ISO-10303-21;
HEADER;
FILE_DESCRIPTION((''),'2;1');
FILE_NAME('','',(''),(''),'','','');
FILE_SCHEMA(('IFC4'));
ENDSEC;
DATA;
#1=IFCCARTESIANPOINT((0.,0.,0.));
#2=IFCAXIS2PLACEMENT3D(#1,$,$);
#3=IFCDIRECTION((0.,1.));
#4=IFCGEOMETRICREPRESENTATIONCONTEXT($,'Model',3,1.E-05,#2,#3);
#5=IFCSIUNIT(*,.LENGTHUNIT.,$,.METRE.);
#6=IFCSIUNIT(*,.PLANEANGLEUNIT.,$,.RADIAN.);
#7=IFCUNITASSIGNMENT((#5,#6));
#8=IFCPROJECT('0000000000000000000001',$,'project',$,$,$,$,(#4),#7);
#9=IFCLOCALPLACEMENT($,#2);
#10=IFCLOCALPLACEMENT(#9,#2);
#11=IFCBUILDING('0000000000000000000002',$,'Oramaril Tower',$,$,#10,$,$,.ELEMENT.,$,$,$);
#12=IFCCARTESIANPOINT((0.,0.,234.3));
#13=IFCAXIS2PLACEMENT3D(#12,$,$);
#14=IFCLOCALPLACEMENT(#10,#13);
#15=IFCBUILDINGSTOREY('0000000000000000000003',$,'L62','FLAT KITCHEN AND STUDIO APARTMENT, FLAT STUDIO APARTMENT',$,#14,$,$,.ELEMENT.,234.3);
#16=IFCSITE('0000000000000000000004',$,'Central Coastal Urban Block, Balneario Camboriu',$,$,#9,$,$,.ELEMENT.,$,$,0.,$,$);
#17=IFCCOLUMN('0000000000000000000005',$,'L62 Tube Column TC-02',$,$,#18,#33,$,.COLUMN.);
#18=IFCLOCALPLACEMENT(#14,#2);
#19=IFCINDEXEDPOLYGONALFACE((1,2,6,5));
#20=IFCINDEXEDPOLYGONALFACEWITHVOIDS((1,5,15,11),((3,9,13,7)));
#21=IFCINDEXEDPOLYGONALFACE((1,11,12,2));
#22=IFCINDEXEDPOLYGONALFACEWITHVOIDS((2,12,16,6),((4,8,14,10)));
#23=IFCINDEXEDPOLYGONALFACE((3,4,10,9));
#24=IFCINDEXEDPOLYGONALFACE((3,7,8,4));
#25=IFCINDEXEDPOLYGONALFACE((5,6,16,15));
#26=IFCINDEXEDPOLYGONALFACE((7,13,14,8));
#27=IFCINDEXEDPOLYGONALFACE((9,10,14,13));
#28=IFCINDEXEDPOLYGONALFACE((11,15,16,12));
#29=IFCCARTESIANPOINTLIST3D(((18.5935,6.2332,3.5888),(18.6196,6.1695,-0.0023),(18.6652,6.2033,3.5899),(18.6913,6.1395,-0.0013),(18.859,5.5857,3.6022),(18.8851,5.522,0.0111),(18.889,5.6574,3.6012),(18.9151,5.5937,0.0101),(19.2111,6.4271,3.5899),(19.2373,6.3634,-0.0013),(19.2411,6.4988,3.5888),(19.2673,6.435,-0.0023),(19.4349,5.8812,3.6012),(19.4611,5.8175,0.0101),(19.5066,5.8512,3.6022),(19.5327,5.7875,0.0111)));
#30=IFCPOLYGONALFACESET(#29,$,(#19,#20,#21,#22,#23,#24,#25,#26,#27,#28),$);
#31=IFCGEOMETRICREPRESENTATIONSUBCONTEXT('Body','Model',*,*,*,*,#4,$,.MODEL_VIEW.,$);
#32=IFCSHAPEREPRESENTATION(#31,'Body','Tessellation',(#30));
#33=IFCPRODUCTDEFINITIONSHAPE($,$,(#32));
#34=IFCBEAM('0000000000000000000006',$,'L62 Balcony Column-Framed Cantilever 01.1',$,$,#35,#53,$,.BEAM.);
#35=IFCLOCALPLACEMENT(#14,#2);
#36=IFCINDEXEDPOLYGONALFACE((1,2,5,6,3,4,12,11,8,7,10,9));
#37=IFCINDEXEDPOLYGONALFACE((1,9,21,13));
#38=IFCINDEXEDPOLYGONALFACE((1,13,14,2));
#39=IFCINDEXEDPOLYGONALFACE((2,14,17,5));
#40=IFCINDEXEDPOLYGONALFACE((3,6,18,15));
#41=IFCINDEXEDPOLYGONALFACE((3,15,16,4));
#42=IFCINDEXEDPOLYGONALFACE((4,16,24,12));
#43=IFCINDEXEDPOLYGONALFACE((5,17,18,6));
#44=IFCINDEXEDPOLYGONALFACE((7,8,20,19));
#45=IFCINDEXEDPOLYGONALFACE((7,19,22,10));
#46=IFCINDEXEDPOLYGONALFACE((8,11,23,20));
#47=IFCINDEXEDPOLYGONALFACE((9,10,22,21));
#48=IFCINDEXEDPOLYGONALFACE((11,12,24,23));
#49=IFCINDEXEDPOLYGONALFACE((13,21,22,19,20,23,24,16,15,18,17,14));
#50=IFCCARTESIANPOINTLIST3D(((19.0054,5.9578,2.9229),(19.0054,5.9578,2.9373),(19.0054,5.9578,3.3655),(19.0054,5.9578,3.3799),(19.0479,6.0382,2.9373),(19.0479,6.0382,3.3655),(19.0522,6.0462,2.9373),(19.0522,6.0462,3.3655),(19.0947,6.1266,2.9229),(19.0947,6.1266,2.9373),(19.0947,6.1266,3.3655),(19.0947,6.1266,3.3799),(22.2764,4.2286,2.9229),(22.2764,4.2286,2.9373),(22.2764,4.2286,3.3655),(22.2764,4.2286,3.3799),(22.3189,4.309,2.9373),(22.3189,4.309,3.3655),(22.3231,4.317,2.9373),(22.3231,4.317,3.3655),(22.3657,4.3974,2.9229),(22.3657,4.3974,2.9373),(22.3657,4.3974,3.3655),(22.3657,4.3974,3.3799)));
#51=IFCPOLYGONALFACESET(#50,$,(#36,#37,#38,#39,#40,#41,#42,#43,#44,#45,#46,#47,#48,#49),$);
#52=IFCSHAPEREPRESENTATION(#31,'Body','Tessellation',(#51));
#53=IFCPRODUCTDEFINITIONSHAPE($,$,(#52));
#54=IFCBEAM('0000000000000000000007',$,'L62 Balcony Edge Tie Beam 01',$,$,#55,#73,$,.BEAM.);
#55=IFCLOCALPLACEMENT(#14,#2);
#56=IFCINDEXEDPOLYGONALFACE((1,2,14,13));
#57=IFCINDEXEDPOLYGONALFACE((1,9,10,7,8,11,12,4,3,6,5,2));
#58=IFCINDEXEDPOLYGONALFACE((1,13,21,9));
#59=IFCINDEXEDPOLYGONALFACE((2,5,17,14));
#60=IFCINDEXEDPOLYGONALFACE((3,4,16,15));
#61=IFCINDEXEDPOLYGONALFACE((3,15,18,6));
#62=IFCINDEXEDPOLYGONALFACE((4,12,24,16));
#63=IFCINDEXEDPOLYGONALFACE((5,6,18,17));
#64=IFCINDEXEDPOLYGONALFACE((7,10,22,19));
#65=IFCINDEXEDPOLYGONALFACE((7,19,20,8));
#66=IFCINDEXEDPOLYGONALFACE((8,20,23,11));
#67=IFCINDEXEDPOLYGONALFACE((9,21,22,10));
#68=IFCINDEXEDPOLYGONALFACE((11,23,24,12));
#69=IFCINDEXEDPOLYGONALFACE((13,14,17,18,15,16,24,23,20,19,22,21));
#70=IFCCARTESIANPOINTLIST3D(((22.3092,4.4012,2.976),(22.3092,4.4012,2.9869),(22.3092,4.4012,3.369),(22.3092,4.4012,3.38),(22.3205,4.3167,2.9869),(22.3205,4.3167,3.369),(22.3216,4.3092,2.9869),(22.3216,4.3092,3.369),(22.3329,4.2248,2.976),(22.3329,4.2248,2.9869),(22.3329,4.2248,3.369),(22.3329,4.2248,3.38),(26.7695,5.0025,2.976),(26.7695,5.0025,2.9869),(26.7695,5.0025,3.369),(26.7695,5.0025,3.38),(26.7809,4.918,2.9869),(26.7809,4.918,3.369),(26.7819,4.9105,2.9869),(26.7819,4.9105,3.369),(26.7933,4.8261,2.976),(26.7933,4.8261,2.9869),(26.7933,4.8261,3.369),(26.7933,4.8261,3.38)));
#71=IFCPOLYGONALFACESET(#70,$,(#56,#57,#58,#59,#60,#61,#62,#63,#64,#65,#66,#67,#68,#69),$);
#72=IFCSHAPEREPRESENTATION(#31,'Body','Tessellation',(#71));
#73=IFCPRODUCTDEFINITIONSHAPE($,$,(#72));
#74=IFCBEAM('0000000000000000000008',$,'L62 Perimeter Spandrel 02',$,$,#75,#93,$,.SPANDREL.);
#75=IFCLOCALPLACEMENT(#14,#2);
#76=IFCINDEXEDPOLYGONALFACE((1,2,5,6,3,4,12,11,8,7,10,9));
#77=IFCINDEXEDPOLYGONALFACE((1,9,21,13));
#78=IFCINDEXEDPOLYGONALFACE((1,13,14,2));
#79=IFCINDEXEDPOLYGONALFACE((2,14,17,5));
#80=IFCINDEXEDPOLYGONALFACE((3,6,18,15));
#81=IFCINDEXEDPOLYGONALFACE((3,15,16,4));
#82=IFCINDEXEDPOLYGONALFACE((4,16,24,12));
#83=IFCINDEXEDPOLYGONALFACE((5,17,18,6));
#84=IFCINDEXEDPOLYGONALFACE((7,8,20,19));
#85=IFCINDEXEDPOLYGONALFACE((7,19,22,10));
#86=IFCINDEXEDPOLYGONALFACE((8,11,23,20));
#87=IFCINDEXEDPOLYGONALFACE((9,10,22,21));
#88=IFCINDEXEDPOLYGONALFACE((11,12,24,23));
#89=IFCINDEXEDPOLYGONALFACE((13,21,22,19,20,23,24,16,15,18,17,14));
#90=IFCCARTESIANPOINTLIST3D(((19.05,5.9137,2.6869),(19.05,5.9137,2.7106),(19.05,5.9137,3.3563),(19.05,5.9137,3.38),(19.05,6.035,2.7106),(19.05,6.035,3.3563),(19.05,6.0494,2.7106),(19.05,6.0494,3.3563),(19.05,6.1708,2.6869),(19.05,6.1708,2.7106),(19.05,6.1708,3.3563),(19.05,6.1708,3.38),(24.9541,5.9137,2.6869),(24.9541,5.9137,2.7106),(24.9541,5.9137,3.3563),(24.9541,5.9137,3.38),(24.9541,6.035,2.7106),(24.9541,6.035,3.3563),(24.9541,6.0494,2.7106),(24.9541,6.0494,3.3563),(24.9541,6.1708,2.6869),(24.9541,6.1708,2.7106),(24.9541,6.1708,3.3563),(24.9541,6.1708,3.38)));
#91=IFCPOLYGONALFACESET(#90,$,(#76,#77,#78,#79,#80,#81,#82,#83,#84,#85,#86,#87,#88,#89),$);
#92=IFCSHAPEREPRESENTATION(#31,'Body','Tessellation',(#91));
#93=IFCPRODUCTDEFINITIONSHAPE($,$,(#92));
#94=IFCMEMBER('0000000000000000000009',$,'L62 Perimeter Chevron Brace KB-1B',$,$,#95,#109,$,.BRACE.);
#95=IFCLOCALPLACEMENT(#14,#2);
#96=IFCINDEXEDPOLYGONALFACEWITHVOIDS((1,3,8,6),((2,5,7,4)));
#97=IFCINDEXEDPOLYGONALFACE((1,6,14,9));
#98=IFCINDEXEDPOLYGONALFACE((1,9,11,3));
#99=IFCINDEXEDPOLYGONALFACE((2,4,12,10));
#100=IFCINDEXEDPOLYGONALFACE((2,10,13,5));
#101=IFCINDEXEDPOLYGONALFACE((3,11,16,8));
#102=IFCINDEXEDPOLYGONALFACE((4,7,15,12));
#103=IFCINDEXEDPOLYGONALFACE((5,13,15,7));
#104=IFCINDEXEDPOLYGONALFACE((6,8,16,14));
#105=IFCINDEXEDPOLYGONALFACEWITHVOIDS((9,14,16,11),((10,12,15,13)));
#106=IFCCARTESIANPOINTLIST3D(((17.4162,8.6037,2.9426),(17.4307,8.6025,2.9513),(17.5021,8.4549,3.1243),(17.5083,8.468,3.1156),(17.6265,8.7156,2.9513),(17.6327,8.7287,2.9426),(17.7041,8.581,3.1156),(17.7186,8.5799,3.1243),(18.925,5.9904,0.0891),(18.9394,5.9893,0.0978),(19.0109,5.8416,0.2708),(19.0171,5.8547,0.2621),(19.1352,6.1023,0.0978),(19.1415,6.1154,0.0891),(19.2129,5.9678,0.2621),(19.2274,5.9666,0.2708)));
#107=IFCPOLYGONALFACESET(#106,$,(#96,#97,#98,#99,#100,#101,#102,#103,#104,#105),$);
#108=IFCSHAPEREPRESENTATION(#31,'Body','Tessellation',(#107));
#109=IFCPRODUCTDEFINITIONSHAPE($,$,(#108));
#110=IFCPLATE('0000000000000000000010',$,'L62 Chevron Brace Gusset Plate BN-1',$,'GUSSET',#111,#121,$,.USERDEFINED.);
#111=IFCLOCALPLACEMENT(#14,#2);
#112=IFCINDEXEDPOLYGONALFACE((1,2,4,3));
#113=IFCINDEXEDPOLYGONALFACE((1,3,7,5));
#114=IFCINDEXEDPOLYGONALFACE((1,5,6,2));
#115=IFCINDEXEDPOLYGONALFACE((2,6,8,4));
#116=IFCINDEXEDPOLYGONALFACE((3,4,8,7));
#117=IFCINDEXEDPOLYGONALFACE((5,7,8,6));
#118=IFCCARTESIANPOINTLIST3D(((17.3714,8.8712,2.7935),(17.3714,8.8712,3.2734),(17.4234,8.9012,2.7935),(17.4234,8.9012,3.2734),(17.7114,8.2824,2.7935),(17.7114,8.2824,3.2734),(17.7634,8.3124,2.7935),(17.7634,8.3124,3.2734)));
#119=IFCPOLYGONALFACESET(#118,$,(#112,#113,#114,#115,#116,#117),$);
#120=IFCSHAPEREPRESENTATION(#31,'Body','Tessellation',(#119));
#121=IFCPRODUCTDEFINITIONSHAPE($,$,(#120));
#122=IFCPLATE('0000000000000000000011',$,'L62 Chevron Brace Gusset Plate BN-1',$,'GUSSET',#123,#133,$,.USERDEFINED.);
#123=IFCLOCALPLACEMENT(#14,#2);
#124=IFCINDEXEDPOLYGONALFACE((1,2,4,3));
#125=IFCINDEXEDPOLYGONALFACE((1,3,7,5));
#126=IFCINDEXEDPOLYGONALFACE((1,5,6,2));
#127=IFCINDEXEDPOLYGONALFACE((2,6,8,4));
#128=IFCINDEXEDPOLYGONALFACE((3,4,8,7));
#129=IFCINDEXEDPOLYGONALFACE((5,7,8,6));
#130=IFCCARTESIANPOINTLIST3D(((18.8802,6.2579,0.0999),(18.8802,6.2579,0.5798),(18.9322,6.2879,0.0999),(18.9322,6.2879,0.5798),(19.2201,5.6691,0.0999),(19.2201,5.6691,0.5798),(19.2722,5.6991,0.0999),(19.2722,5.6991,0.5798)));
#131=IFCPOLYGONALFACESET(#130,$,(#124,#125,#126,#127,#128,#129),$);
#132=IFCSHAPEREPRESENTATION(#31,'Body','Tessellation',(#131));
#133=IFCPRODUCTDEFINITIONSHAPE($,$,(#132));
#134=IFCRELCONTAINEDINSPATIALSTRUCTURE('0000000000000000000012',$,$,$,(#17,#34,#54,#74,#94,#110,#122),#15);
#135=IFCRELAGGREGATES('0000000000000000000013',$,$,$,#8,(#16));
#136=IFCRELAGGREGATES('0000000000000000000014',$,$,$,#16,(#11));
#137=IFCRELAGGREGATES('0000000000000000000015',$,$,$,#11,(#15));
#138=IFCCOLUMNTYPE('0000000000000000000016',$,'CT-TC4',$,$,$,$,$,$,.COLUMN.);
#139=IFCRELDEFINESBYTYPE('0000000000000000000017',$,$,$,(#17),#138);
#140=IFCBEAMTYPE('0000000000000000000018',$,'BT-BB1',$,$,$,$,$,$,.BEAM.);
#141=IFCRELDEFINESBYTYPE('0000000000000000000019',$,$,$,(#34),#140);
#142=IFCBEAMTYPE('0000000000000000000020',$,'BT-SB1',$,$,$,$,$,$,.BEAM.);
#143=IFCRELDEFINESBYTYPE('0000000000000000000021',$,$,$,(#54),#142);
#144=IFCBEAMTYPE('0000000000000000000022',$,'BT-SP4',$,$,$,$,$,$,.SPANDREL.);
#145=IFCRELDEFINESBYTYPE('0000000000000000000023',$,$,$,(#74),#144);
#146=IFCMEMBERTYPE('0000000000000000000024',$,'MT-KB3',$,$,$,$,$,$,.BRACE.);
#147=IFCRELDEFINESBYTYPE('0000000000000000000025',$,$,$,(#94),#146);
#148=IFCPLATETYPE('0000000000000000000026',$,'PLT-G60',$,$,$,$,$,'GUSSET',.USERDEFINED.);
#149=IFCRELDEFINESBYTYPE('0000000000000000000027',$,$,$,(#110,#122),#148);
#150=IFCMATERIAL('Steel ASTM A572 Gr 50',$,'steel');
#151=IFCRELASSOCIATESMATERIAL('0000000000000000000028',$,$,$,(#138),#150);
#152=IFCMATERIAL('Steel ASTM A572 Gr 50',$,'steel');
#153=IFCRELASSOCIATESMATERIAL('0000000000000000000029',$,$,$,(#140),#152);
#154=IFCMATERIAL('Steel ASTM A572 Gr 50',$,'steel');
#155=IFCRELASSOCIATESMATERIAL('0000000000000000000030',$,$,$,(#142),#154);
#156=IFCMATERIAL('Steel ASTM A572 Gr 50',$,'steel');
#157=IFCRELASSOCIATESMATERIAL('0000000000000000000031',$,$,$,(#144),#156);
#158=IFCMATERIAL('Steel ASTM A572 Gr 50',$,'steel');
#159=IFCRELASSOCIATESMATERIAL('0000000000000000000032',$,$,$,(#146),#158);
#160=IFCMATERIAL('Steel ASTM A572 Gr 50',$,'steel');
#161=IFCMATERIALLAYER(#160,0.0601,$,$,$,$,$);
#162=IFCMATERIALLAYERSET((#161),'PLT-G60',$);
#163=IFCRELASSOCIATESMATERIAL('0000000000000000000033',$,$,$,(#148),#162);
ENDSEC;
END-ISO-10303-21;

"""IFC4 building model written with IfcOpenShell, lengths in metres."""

from ifc_helpers import new_model, si_unit, direction, frame, origin, origin_2d, place, context, subcontext, project, spatial, rectangle, hollow_rectangle, i_section, extrude, material, layer, layer_set, material_profile, profile_set, type_object, element, save


model = new_model("IFC4")

# Units and contexts
model_context = context("Model", 3, precision=1e-05, world=origin(), true_north=direction((0.0, 1.0)))
body_context = subcontext(model_context, "Body", "Model", "MODEL_VIEW")
ifc_project = project(units=[si_unit("LENGTHUNIT", "METRE"), si_unit("PLANEANGLEUNIT", "RADIAN")], contexts=[model_context])

# Site, building, storey
site_placement = place(None, origin())
site = spatial("IfcSite", under=ifc_project, at=site_placement, Name="Central Coastal Urban Block, Balneario Camboriu", CompositionType="ELEMENT", RefElevation=0.0)
building_placement = place(site_placement, origin())
building = spatial("IfcBuilding", under=site, at=building_placement, Name="Oramaril Tower", CompositionType="ELEMENT")
storey_placement = place(building_placement, frame((0.0, 0.0, 234.3)))
storey = spatial("IfcBuildingStorey", under=building, at=storey_placement, Name="L62", Description="FLAT KITCHEN AND STUDIO APARTMENT, FLAT STUDIO APARTMENT", CompositionType="ELEMENT", Elevation=234.3)

# Column
ifc_material_1 = material(Name="Steel ASTM A572 Gr 50", Category="steel")
ifc_material_profile_1 = material_profile(ifc_material_1, hollow_rectangle(XDim=0.7, YDim=0.7, WallThickness=0.0549, at=origin_2d()), Name="BOX700X700X55")
ifc_profile_set_1 = profile_set([ifc_material_profile_1], Name="Steel ASTM A572 Gr 50")
column_type = type_object("IfcColumnType", Name="CT-TC4", PredefinedType="COLUMN", material=ifc_profile_set_1)
column_placement = place(storey_placement, frame((19.0762, 5.9785, 0.0044), z_axis=(-0.007273, 0.017741, 0.999816), x_axis=(-0.925264, -0.379323, 0.0)))
element("IfcColumn", 1, at=column_placement, inside=storey, type_object=column_type, Name="L62 Tube Column TC-02", PredefinedType="COLUMN", context=body_context, shape_type="SweptSolid", body=[
    extrude(hollow_rectangle(XDim=0.7, YDim=0.7, WallThickness=0.0549, at=origin_2d()), origin(), (0.0, 0.0, 1.0), 3.5918),
])

# Beams
ifc_material_2 = material(Name="Steel ASTM A572 Gr 50", Category="steel")
ifc_material_profile_2 = material_profile(ifc_material_2, i_section(OverallWidth=0.1909, OverallDepth=0.457, WebThickness=0.009, FlangeThickness=0.0144, at=origin_2d()), Name="W18X50")
ifc_profile_set_2 = profile_set([ifc_material_profile_2], Name="Steel ASTM A572 Gr 50")
beam_type_1 = type_object("IfcBeamType", Name="BT-BB1", PredefinedType="BEAM", material=ifc_profile_set_2)
beam_1_placement = place(storey_placement, frame((19.05, 6.0422, 3.1514), z_axis=(0.884062, -0.467369, 0.0), x_axis=(0.467369, 0.884062, 0.0)))
element("IfcBeam", 2, at=beam_1_placement, inside=storey, type_object=beam_type_1, Name="L62 Balcony Column-Framed Cantilever 01.1", PredefinedType="BEAM", context=body_context, shape_type="SweptSolid", body=[
    extrude(i_section(OverallWidth=0.1909, OverallDepth=0.457, WebThickness=0.009, FlangeThickness=0.0144, at=origin_2d()), origin(), (0.0, 0.0, 1.0), 3.7),
])
ifc_material_3 = material(Name="Steel ASTM A572 Gr 50", Category="steel")
ifc_material_profile_3 = material_profile(ifc_material_3, i_section(OverallWidth=0.178, OverallDepth=0.4041, WebThickness=0.0076, FlangeThickness=0.011, at=origin_2d()), Name="W16X36")
ifc_profile_set_3 = profile_set([ifc_material_profile_3], Name="Steel ASTM A572 Gr 50")
beam_type_2 = type_object("IfcBeamType", Name="BT-SB1", PredefinedType="BEAM", material=ifc_profile_set_3)
beam_2_placement = place(storey_placement, frame((22.321, 4.313, 3.178), z_axis=(0.991035, 0.133603, 0.0), x_axis=(-0.133603, 0.991035, 0.0)))
element("IfcBeam", 3, at=beam_2_placement, inside=storey, type_object=beam_type_2, Name="L62 Balcony Edge Tie Beam 01", PredefinedType="BEAM", context=body_context, shape_type="SweptSolid", body=[
    extrude(i_section(OverallWidth=0.178, OverallDepth=0.4041, WebThickness=0.0076, FlangeThickness=0.011, at=origin_2d()), origin(), (0.0, 0.0, 1.0), 4.5007),
])
ifc_material_4 = material(Name="Steel ASTM A572 Gr 50", Category="steel")
ifc_material_profile_4 = material_profile(ifc_material_4, i_section(OverallWidth=0.2571, OverallDepth=0.6931, WebThickness=0.0144, FlangeThickness=0.0237, at=origin_2d()), Name="W27X114")
ifc_profile_set_4 = profile_set([ifc_material_profile_4], Name="Steel ASTM A572 Gr 50")
beam_type_3 = type_object("IfcBeamType", Name="BT-SP4", PredefinedType="SPANDREL", material=ifc_profile_set_4)
beam_3_placement = place(storey_placement, frame((19.05, 6.0422, 3.0334), z_axis=(1.0, 0.0, 0.0), x_axis=(0.0, 1.0, 0.0)))
element("IfcBeam", 4, at=beam_3_placement, inside=storey, type_object=beam_type_3, Name="L62 Perimeter Spandrel 02", PredefinedType="SPANDREL", context=body_context, shape_type="SweptSolid", body=[
    extrude(i_section(OverallWidth=0.2571, OverallDepth=0.6931, WebThickness=0.0144, FlangeThickness=0.0237, at=origin_2d()), origin(), (0.0, 0.0, 1.0), 5.9041),
])

# Member
ifc_material_5 = material(Name="Steel ASTM A572 Gr 50", Category="steel")
ifc_material_profile_5 = material_profile(ifc_material_5, hollow_rectangle(XDim=0.25, YDim=0.25, WallThickness=0.012, at=origin_2d()), Name="HSS250X250X12")
ifc_profile_set_5 = profile_set([ifc_material_profile_5], Name="Steel ASTM A572 Gr 50")
member_type = type_object("IfcMemberType", Name="MT-KB3", PredefinedType="BRACE", material=ifc_profile_set_5)
member_placement = place(storey_placement, frame((19.0762, 5.9785, 0.1799), z_axis=(-0.363292, 0.629236, 0.687081), x_axis=(-0.866024, -0.500003, 0.0)))
element("IfcMember", 5, at=member_placement, inside=storey, type_object=member_type, Name="L62 Perimeter Chevron Brace KB-1B", PredefinedType="BRACE", context=body_context, shape_type="SweptSolid", body=[
    extrude(hollow_rectangle(XDim=0.25, YDim=0.25, WallThickness=0.012, at=origin_2d()), origin(), (0.0, 0.0, 1.0), 4.1531),
])

# Plates
ifc_material_6 = material(Name="Steel ASTM A572 Gr 50", Category="steel")
ifc_layer_1 = layer(ifc_material_6, 0.0601)
ifc_layer_set_1 = layer_set([ifc_layer_1], Name="PLT-G60")
plate_type = type_object("IfcPlateType", Name="PLT-G60", ElementType="GUSSET", PredefinedType="USERDEFINED", material=ifc_layer_set_1)
for number, where, z_axis, x_axis, name in (
    (6, (17.5674, 8.5918, 2.7935), (0.0, 0.0, 1.0), (0.5, -0.866025, 0.0), "L62 Chevron Brace Gusset Plate BN-1"),
    (7, (19.0762, 5.9785, 0.0999), (0.0, 0.0, 1.0), (0.5, -0.866025, 0.0), "L62 Chevron Brace Gusset Plate BN-1"),
):
    element("IfcPlate", number, at=place(storey_placement, frame(where, z_axis=z_axis, x_axis=x_axis)), inside=storey, type_object=plate_type, Name=name, ObjectType="GUSSET", PredefinedType="USERDEFINED", context=body_context, shape_type="SweptSolid", body=[
        extrude(rectangle(XDim=0.6799, YDim=0.0601, at=origin_2d()), origin(), (0.0, 0.0, 1.0), 0.48),
    ])

save(model, "model.ifc")
